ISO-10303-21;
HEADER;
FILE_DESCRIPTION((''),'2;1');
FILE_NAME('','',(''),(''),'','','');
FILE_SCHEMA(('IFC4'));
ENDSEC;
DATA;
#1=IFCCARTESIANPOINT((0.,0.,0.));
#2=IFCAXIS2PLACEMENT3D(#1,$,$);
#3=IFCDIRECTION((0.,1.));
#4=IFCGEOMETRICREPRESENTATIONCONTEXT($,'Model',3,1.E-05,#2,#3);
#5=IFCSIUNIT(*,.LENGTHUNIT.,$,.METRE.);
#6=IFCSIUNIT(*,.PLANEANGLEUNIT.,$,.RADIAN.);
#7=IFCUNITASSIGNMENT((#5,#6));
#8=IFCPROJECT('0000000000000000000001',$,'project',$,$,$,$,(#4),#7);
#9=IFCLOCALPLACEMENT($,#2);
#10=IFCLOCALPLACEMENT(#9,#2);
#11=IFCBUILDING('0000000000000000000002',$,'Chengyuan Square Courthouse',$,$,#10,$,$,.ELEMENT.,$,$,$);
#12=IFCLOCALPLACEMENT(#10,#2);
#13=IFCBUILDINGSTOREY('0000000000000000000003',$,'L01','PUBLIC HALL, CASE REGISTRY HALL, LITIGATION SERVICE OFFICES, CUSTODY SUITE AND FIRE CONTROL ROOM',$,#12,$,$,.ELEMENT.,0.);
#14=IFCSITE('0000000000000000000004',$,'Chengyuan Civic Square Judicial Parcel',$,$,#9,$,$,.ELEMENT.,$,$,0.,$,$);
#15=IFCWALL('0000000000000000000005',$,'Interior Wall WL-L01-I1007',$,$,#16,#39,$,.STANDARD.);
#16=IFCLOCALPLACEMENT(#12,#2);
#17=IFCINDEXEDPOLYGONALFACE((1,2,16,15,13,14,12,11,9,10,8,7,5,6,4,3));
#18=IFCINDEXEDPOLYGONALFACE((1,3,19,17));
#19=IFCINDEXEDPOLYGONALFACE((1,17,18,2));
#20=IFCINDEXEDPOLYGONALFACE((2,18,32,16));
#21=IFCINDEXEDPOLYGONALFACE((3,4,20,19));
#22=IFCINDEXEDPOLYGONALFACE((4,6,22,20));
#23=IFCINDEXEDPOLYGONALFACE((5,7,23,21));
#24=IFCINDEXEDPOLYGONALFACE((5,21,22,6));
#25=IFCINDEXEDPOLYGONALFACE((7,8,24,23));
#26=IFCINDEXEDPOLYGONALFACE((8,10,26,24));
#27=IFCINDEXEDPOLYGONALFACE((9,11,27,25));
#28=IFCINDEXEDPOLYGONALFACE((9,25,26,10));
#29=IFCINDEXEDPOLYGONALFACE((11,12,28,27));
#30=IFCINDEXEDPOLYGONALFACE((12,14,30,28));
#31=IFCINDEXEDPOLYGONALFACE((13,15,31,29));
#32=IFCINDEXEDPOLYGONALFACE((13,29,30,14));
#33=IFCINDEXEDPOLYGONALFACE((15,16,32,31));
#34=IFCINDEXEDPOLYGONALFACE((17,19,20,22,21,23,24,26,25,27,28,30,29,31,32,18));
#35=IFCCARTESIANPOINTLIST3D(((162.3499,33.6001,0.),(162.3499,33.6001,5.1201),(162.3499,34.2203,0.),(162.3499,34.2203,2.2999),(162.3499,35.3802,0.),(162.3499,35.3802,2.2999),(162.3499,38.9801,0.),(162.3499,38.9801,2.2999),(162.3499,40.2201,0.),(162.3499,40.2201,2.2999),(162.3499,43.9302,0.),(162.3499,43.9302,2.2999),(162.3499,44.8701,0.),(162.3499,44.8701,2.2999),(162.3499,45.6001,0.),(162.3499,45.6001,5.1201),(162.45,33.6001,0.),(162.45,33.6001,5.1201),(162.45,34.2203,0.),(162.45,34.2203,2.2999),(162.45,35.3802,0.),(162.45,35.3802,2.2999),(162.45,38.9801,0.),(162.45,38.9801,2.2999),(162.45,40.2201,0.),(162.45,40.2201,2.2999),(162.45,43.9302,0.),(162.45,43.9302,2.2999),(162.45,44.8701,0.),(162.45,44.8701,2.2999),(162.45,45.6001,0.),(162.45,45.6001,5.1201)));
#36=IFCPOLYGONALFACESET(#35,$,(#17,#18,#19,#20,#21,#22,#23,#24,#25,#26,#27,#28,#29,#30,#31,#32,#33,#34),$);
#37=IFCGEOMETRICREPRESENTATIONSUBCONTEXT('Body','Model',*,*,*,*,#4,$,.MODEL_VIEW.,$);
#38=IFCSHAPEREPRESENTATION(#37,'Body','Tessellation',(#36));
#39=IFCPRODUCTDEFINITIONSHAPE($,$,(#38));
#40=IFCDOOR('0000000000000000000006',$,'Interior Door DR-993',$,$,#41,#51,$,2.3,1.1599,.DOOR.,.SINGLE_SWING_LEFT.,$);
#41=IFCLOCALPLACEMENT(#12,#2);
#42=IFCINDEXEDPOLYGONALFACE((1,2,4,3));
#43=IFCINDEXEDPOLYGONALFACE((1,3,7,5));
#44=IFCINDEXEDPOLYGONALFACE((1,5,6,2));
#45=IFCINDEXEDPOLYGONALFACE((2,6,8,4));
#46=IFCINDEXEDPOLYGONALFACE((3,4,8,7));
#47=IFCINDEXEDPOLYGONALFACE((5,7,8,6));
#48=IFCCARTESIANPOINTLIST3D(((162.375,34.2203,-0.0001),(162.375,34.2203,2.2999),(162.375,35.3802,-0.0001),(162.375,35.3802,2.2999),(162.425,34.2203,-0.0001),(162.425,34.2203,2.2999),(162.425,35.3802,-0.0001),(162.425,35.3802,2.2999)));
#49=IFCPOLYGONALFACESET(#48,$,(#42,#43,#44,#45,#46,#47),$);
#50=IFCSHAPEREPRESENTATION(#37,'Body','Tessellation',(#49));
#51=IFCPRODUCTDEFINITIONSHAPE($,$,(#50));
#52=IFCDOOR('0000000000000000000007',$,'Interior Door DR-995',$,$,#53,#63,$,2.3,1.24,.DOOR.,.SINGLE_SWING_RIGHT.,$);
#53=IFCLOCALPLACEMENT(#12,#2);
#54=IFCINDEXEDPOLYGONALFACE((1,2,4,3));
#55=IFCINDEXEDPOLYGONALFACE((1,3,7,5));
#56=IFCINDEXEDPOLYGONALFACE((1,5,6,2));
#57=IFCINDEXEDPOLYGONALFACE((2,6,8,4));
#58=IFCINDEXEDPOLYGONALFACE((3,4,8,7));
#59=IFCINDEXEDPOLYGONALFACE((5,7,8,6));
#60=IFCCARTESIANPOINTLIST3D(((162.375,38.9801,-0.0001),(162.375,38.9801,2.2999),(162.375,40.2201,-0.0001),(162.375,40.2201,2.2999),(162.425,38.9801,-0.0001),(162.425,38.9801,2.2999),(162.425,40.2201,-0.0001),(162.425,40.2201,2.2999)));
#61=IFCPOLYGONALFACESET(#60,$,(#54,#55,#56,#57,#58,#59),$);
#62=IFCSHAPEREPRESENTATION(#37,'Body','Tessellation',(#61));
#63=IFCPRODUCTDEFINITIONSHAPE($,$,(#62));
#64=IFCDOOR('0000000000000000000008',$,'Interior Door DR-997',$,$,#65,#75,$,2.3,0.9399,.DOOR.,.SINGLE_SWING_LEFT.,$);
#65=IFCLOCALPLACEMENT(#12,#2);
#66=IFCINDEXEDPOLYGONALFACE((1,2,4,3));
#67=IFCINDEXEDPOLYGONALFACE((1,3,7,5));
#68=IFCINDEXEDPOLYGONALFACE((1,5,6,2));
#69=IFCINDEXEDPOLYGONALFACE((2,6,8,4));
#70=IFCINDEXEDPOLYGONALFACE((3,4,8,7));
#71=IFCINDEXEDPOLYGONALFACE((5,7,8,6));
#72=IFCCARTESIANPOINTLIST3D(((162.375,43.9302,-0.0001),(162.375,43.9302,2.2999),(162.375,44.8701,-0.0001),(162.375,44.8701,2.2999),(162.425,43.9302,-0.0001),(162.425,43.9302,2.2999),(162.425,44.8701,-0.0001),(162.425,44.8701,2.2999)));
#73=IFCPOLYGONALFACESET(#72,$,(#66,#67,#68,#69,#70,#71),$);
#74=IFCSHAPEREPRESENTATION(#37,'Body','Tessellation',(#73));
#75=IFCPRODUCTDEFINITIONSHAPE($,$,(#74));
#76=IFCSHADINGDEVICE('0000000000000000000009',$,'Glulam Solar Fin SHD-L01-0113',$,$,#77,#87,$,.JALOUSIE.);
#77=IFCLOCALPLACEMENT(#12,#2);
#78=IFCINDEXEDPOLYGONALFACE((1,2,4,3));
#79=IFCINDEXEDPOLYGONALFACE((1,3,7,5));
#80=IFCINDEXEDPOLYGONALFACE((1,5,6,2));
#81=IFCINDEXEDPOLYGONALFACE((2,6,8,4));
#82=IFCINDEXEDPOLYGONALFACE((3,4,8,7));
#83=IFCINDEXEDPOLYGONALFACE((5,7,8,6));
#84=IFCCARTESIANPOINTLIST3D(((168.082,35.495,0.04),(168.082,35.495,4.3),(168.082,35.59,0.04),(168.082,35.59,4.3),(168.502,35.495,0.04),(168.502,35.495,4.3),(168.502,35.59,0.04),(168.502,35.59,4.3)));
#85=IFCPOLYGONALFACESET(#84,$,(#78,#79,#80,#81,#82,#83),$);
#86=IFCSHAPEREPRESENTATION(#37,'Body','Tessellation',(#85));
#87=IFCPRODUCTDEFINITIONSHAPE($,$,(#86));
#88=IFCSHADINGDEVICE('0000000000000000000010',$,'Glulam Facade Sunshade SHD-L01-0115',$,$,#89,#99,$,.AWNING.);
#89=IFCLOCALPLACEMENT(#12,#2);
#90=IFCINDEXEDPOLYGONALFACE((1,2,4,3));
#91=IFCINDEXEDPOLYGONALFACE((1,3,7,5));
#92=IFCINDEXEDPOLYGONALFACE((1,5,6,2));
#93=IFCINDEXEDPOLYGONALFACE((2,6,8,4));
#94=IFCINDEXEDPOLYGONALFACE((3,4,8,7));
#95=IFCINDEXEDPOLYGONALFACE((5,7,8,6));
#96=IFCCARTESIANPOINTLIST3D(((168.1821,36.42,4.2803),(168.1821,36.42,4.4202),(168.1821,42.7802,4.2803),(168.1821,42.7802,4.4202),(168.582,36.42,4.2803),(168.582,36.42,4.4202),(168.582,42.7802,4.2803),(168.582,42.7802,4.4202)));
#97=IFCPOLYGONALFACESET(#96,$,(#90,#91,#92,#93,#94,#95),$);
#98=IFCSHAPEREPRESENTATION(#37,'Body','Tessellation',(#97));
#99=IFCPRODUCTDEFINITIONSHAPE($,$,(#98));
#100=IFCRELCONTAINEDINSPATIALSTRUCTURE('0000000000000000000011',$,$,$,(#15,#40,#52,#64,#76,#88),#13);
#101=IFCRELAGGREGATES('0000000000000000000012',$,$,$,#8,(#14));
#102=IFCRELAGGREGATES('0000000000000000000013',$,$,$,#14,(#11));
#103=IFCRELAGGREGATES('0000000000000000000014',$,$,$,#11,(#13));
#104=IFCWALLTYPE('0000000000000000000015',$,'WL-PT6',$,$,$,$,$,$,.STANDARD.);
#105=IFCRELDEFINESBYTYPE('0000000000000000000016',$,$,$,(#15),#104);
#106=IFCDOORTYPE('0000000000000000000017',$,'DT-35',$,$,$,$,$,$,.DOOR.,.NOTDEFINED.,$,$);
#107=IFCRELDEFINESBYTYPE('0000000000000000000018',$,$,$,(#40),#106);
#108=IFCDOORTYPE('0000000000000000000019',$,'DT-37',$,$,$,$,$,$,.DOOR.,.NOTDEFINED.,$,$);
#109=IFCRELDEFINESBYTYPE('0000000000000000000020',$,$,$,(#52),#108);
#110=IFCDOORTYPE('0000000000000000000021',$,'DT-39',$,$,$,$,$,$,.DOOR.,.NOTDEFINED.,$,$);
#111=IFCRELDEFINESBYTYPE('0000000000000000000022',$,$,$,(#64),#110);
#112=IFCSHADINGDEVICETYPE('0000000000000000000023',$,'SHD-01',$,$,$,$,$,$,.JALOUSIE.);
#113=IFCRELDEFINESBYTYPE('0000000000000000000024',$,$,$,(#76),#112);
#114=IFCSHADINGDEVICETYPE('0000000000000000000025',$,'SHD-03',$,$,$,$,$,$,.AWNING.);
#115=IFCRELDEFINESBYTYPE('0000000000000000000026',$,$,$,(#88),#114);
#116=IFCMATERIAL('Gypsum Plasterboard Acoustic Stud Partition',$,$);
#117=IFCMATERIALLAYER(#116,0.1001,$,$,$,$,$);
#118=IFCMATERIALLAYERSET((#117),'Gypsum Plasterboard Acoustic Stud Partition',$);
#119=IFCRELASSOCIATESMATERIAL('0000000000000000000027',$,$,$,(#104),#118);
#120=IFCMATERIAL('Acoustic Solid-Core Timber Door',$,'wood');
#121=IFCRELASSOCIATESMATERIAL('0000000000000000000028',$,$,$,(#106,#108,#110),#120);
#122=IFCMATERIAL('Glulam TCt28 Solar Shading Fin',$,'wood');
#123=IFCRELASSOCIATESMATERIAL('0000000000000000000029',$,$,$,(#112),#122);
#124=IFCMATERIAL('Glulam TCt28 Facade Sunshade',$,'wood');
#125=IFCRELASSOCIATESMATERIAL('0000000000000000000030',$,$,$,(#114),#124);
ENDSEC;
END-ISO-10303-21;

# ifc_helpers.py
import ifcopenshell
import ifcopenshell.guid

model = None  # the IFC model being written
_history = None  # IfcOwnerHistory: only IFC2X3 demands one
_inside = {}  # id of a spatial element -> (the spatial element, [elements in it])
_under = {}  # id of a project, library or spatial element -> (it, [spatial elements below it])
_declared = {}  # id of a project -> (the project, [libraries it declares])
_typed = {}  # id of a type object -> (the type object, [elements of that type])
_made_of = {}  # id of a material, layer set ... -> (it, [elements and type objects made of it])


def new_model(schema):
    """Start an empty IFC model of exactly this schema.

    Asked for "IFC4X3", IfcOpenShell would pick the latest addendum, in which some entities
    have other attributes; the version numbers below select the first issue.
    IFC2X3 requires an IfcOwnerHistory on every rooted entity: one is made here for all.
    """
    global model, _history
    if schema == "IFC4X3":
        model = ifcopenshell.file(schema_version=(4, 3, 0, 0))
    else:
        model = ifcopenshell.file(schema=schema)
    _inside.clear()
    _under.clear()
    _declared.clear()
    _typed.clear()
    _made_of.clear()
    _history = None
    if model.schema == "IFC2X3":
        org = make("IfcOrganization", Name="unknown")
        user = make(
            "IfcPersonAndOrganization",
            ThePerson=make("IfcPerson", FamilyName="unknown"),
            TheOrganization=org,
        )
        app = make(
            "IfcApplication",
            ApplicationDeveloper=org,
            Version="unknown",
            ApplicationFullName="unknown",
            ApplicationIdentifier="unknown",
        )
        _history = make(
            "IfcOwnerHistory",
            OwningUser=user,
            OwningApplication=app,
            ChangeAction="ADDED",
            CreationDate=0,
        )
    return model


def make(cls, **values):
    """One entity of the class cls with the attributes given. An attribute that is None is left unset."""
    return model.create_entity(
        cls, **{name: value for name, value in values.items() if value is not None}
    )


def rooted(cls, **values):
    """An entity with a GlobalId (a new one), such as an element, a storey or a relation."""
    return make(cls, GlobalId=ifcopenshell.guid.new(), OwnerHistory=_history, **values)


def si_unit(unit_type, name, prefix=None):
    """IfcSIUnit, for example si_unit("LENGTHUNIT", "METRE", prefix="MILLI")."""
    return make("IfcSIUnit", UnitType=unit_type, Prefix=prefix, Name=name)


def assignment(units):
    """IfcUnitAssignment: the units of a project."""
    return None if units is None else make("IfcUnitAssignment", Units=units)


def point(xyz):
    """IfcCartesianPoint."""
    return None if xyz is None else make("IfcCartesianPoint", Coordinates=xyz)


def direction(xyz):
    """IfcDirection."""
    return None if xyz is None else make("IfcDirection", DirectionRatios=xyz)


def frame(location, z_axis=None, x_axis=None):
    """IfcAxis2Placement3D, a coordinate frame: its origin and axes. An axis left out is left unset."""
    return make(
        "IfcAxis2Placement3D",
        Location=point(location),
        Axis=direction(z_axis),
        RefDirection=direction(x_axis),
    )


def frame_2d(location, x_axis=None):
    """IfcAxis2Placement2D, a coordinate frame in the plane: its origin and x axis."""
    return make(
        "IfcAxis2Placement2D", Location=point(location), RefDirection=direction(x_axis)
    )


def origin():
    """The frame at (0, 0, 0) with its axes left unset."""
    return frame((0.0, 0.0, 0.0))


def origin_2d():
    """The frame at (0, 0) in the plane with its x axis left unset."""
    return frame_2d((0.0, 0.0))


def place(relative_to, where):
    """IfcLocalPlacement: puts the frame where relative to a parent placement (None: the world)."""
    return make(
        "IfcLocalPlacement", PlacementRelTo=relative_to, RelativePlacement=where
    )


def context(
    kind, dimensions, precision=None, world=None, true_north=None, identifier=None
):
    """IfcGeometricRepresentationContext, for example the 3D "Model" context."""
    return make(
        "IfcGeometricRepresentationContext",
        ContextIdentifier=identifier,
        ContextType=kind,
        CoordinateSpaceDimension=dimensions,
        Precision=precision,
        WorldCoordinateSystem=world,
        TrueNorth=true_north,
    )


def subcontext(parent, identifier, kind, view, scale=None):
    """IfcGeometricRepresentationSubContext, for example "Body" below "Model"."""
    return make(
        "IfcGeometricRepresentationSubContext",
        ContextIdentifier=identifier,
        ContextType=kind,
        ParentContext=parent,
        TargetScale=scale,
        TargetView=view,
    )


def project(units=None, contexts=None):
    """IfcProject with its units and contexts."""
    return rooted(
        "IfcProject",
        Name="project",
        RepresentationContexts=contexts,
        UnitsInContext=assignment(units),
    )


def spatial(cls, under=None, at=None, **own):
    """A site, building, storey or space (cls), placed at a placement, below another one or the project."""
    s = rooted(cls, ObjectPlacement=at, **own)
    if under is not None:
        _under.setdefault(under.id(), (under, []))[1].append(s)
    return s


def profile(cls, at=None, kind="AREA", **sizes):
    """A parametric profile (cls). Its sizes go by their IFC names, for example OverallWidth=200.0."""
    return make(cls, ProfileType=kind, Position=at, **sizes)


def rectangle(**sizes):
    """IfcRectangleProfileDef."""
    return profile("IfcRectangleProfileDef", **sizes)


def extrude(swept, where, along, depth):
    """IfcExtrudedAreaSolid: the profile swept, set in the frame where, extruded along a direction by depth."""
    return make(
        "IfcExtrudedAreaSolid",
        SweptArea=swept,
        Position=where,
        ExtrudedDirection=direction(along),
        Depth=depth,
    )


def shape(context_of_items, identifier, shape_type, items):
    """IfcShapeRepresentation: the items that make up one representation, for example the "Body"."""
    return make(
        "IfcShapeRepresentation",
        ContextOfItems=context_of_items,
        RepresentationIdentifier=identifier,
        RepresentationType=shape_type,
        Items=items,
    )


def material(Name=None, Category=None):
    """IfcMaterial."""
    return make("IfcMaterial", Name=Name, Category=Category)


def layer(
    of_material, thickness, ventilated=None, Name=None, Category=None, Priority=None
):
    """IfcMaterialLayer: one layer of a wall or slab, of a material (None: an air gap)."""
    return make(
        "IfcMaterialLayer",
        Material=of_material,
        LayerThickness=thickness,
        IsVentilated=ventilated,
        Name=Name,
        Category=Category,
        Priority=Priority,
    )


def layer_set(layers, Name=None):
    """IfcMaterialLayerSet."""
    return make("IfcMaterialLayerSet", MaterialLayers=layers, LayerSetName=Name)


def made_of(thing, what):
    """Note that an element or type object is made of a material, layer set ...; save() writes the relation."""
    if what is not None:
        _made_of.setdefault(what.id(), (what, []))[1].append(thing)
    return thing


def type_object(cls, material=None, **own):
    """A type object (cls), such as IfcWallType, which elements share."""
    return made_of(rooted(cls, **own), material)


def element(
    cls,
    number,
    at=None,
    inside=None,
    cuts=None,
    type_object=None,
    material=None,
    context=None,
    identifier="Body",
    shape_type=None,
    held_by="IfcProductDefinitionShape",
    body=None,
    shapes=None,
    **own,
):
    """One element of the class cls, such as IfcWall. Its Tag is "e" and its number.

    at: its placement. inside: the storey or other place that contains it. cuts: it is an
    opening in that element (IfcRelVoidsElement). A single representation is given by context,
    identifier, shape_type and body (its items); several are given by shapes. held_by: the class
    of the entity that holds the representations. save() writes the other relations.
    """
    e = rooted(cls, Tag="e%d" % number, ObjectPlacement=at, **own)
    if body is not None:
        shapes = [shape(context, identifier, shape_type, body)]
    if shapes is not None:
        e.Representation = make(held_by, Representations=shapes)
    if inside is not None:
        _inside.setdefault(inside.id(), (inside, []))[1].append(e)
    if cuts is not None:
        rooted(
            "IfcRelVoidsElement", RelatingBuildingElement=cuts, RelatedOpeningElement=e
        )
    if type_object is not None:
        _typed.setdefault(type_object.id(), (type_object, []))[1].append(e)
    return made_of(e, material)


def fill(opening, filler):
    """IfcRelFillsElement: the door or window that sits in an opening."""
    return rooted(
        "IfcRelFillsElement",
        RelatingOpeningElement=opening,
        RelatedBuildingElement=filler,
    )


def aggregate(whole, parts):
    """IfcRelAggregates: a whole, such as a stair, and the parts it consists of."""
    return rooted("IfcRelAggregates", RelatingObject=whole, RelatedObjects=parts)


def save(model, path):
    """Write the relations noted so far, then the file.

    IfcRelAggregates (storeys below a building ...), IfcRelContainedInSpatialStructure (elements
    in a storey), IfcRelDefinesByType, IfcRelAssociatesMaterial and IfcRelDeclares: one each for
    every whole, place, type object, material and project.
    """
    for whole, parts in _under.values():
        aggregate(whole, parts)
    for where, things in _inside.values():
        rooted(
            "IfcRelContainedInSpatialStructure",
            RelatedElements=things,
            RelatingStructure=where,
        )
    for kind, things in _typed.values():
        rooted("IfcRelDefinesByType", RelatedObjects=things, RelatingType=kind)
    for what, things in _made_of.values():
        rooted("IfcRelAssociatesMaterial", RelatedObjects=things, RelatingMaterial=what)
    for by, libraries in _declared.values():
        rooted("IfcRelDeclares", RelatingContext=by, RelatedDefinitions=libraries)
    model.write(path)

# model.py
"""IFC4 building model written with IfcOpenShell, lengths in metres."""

from ifc_helpers import new_model, si_unit, direction, frame, frame_2d, origin, origin_2d, place, context, subcontext, project, spatial, rectangle, extrude, material, layer, layer_set, type_object, element, fill, save


model = new_model("IFC4")

# Units and contexts
model_context = context("Model", 3, precision=1e-05, world=origin(), true_north=direction((0.0, 1.0)))
body_context = subcontext(model_context, "Body", "Model", "MODEL_VIEW")
ifc_project = project(units=[si_unit("LENGTHUNIT", "METRE"), si_unit("PLANEANGLEUNIT", "RADIAN")], contexts=[model_context])

# Site, building, storey
site_placement = place(None, origin())
site = spatial("IfcSite", under=ifc_project, at=site_placement, Name="Chengyuan Civic Square Judicial Parcel", CompositionType="ELEMENT", RefElevation=0.0)
building_placement = place(site_placement, origin())
building = spatial("IfcBuilding", under=site, at=building_placement, Name="Chengyuan Square Courthouse", CompositionType="ELEMENT")
storey_placement = place(building_placement, origin())
storey = spatial("IfcBuildingStorey", under=building, at=storey_placement, Name="L01", Description="PUBLIC HALL, CASE REGISTRY HALL, LITIGATION SERVICE OFFICES, CUSTODY SUITE AND FIRE CONTROL ROOM", CompositionType="ELEMENT", Elevation=0.0)

# Shared definitions
ifc_material_1 = material(Name="Gypsum Plasterboard Acoustic Stud Partition")
ifc_layer_1 = layer(ifc_material_1, 0.1001)
ifc_layer_set_1 = layer_set([ifc_layer_1], Name="Gypsum Plasterboard Acoustic Stud Partition")
wall_type_1 = type_object("IfcWallType", Name="WL-PT6", PredefinedType="STANDARD", material=ifc_layer_set_1)

# Wall, openings, doors
ifc_material_2 = material(Name="Acoustic Solid-Core Timber Door", Category="wood")
wall_1_placement = place(storey_placement, frame((162.3999, 33.6001, 0.0), z_axis=(0.0, 0.0, 1.0), x_axis=(0.0, 1.0, 0.0)))
wall_1 = element("IfcWall", 1, at=wall_1_placement, inside=storey, type_object=wall_type_1, Name="Interior Wall WL-L01-I1007", PredefinedType="STANDARD", context=body_context, shape_type="SweptSolid", body=[
    extrude(rectangle(XDim=12.0, YDim=0.1001, at=frame_2d((6.0, 0.0))), origin(), (0.0, 0.0, 1.0), 5.1201),
])
opening_1_placement = place(wall_1_placement, frame((0.6201, 0.0, 0.0)))
opening_1 = element("IfcOpeningElement", 2, at=opening_1_placement, cuts=wall_1, PredefinedType="OPENING", context=body_context, shape_type="SweptSolid", body=[
    extrude(rectangle(XDim=1.1599, YDim=2.3, at=frame_2d((0.5801, 1.1499))), frame((0.0, 0.062, 0.0), z_axis=(0.0, -1.0, 0.0), x_axis=(1.0, 0.0, 0.0)), (0.0, 0.0, 1.0), 0.124),
])
opening_2_placement = place(wall_1_placement, frame((5.3799, 0.0, 0.0)))
opening_2 = element("IfcOpeningElement", 3, at=opening_2_placement, cuts=wall_1, PredefinedType="OPENING", context=body_context, shape_type="SweptSolid", body=[
    extrude(rectangle(XDim=1.24, YDim=2.3, at=frame_2d((0.6201, 1.1499))), frame((0.0, 0.062, 0.0), z_axis=(0.0, -1.0, 0.0), x_axis=(1.0, 0.0, 0.0)), (0.0, 0.0, 1.0), 0.124),
])
opening_3_placement = place(wall_1_placement, frame((10.3301, 0.0, 0.0)))
opening_3 = element("IfcOpeningElement", 4, at=opening_3_placement, cuts=wall_1, PredefinedType="OPENING", context=body_context, shape_type="SweptSolid", body=[
    extrude(rectangle(XDim=0.9399, YDim=2.3, at=frame_2d((0.47, 1.1499))), frame((0.0, 0.062, 0.0), z_axis=(0.0, -1.0, 0.0), x_axis=(1.0, 0.0, 0.0)), (0.0, 0.0, 1.0), 0.124),
])
door_type_1 = type_object("IfcDoorType", Name="DT-35", OperationType="NOTDEFINED", PredefinedType="DOOR", material=ifc_material_2)
door_1_placement = place(opening_1_placement, origin())
door_1 = element("IfcDoor", 5, at=door_1_placement, inside=storey, type_object=door_type_1, Name="Interior Door DR-993", OperationType="SINGLE_SWING_LEFT", OverallHeight=2.3, OverallWidth=1.1599, PredefinedType="DOOR", context=body_context, shape_type="SweptSolid", body=[
    extrude(rectangle(XDim=1.1599, YDim=2.3, at=frame_2d((0.5801, 1.1499))), frame((0.0, 0.0249, 0.0), z_axis=(0.0, -1.0, 0.0), x_axis=(1.0, 0.0, 0.0)), (0.0, 0.0, 1.0), 0.05),
])
fill(opening_1, door_1)
door_type_2 = type_object("IfcDoorType", Name="DT-37", OperationType="NOTDEFINED", PredefinedType="DOOR", material=ifc_material_2)
door_2_placement = place(opening_2_placement, origin())
door_2 = element("IfcDoor", 6, at=door_2_placement, inside=storey, type_object=door_type_2, Name="Interior Door DR-995", OperationType="SINGLE_SWING_RIGHT", OverallHeight=2.3, OverallWidth=1.24, PredefinedType="DOOR", context=body_context, shape_type="SweptSolid", body=[
    extrude(rectangle(XDim=1.24, YDim=2.3, at=frame_2d((0.6201, 1.1499))), frame((0.0, 0.0249, 0.0), z_axis=(0.0, -1.0, 0.0), x_axis=(1.0, 0.0, 0.0)), (0.0, 0.0, 1.0), 0.05),
])
fill(opening_2, door_2)
door_type_3 = type_object("IfcDoorType", Name="DT-39", OperationType="NOTDEFINED", PredefinedType="DOOR", material=ifc_material_2)
door_3_placement = place(opening_3_placement, origin())
door_3 = element("IfcDoor", 7, at=door_3_placement, inside=storey, type_object=door_type_3, Name="Interior Door DR-997", OperationType="SINGLE_SWING_LEFT", OverallHeight=2.3, OverallWidth=0.9399, PredefinedType="DOOR", context=body_context, shape_type="SweptSolid", body=[
    extrude(rectangle(XDim=0.9399, YDim=2.3, at=frame_2d((0.47, 1.1499))), frame((0.0, 0.0249, 0.0), z_axis=(0.0, -1.0, 0.0), x_axis=(1.0, 0.0, 0.0)), (0.0, 0.0, 1.0), 0.05),
])
fill(opening_3, door_3)

# Shading devices
ifc_material_3 = material(Name="Glulam TCt28 Solar Shading Fin", Category="wood")
shading_device_type_1 = type_object("IfcShadingDeviceType", Name="SHD-01", PredefinedType="JALOUSIE", material=ifc_material_3)
shading_device_1_placement = place(storey_placement, frame((168.292, 35.5425, 0.04), z_axis=(0.0, 0.0, 1.0), x_axis=(1.0, 0.0, 0.0)))
element("IfcShadingDevice", 8, at=shading_device_1_placement, inside=storey, type_object=shading_device_type_1, Name="Glulam Solar Fin SHD-L01-0113", PredefinedType="JALOUSIE", context=body_context, shape_type="SweptSolid", body=[
    extrude(rectangle(XDim=0.4199, YDim=0.095, at=origin_2d()), origin(), (0.0, 0.0, 1.0), 4.26),
])
ifc_material_4 = material(Name="Glulam TCt28 Facade Sunshade", Category="wood")
shading_device_type_2 = type_object("IfcShadingDeviceType", Name="SHD-03", PredefinedType="AWNING", material=ifc_material_4)
shading_device_2_placement = place(storey_placement, frame((168.3821, 39.6001, 4.2803), z_axis=(0.0, 0.0, 1.0), x_axis=(0.0, 1.0, 0.0)))
element("IfcShadingDevice", 9, at=shading_device_2_placement, inside=storey, type_object=shading_device_type_2, Name="Glulam Facade Sunshade SHD-L01-0115", PredefinedType="AWNING", context=body_context, shape_type="SweptSolid", body=[
    extrude(rectangle(XDim=6.3601, YDim=0.3999, at=origin_2d()), origin(), (0.0, 0.0, 1.0), 0.1399),
])

save(model, "model.ifc")
